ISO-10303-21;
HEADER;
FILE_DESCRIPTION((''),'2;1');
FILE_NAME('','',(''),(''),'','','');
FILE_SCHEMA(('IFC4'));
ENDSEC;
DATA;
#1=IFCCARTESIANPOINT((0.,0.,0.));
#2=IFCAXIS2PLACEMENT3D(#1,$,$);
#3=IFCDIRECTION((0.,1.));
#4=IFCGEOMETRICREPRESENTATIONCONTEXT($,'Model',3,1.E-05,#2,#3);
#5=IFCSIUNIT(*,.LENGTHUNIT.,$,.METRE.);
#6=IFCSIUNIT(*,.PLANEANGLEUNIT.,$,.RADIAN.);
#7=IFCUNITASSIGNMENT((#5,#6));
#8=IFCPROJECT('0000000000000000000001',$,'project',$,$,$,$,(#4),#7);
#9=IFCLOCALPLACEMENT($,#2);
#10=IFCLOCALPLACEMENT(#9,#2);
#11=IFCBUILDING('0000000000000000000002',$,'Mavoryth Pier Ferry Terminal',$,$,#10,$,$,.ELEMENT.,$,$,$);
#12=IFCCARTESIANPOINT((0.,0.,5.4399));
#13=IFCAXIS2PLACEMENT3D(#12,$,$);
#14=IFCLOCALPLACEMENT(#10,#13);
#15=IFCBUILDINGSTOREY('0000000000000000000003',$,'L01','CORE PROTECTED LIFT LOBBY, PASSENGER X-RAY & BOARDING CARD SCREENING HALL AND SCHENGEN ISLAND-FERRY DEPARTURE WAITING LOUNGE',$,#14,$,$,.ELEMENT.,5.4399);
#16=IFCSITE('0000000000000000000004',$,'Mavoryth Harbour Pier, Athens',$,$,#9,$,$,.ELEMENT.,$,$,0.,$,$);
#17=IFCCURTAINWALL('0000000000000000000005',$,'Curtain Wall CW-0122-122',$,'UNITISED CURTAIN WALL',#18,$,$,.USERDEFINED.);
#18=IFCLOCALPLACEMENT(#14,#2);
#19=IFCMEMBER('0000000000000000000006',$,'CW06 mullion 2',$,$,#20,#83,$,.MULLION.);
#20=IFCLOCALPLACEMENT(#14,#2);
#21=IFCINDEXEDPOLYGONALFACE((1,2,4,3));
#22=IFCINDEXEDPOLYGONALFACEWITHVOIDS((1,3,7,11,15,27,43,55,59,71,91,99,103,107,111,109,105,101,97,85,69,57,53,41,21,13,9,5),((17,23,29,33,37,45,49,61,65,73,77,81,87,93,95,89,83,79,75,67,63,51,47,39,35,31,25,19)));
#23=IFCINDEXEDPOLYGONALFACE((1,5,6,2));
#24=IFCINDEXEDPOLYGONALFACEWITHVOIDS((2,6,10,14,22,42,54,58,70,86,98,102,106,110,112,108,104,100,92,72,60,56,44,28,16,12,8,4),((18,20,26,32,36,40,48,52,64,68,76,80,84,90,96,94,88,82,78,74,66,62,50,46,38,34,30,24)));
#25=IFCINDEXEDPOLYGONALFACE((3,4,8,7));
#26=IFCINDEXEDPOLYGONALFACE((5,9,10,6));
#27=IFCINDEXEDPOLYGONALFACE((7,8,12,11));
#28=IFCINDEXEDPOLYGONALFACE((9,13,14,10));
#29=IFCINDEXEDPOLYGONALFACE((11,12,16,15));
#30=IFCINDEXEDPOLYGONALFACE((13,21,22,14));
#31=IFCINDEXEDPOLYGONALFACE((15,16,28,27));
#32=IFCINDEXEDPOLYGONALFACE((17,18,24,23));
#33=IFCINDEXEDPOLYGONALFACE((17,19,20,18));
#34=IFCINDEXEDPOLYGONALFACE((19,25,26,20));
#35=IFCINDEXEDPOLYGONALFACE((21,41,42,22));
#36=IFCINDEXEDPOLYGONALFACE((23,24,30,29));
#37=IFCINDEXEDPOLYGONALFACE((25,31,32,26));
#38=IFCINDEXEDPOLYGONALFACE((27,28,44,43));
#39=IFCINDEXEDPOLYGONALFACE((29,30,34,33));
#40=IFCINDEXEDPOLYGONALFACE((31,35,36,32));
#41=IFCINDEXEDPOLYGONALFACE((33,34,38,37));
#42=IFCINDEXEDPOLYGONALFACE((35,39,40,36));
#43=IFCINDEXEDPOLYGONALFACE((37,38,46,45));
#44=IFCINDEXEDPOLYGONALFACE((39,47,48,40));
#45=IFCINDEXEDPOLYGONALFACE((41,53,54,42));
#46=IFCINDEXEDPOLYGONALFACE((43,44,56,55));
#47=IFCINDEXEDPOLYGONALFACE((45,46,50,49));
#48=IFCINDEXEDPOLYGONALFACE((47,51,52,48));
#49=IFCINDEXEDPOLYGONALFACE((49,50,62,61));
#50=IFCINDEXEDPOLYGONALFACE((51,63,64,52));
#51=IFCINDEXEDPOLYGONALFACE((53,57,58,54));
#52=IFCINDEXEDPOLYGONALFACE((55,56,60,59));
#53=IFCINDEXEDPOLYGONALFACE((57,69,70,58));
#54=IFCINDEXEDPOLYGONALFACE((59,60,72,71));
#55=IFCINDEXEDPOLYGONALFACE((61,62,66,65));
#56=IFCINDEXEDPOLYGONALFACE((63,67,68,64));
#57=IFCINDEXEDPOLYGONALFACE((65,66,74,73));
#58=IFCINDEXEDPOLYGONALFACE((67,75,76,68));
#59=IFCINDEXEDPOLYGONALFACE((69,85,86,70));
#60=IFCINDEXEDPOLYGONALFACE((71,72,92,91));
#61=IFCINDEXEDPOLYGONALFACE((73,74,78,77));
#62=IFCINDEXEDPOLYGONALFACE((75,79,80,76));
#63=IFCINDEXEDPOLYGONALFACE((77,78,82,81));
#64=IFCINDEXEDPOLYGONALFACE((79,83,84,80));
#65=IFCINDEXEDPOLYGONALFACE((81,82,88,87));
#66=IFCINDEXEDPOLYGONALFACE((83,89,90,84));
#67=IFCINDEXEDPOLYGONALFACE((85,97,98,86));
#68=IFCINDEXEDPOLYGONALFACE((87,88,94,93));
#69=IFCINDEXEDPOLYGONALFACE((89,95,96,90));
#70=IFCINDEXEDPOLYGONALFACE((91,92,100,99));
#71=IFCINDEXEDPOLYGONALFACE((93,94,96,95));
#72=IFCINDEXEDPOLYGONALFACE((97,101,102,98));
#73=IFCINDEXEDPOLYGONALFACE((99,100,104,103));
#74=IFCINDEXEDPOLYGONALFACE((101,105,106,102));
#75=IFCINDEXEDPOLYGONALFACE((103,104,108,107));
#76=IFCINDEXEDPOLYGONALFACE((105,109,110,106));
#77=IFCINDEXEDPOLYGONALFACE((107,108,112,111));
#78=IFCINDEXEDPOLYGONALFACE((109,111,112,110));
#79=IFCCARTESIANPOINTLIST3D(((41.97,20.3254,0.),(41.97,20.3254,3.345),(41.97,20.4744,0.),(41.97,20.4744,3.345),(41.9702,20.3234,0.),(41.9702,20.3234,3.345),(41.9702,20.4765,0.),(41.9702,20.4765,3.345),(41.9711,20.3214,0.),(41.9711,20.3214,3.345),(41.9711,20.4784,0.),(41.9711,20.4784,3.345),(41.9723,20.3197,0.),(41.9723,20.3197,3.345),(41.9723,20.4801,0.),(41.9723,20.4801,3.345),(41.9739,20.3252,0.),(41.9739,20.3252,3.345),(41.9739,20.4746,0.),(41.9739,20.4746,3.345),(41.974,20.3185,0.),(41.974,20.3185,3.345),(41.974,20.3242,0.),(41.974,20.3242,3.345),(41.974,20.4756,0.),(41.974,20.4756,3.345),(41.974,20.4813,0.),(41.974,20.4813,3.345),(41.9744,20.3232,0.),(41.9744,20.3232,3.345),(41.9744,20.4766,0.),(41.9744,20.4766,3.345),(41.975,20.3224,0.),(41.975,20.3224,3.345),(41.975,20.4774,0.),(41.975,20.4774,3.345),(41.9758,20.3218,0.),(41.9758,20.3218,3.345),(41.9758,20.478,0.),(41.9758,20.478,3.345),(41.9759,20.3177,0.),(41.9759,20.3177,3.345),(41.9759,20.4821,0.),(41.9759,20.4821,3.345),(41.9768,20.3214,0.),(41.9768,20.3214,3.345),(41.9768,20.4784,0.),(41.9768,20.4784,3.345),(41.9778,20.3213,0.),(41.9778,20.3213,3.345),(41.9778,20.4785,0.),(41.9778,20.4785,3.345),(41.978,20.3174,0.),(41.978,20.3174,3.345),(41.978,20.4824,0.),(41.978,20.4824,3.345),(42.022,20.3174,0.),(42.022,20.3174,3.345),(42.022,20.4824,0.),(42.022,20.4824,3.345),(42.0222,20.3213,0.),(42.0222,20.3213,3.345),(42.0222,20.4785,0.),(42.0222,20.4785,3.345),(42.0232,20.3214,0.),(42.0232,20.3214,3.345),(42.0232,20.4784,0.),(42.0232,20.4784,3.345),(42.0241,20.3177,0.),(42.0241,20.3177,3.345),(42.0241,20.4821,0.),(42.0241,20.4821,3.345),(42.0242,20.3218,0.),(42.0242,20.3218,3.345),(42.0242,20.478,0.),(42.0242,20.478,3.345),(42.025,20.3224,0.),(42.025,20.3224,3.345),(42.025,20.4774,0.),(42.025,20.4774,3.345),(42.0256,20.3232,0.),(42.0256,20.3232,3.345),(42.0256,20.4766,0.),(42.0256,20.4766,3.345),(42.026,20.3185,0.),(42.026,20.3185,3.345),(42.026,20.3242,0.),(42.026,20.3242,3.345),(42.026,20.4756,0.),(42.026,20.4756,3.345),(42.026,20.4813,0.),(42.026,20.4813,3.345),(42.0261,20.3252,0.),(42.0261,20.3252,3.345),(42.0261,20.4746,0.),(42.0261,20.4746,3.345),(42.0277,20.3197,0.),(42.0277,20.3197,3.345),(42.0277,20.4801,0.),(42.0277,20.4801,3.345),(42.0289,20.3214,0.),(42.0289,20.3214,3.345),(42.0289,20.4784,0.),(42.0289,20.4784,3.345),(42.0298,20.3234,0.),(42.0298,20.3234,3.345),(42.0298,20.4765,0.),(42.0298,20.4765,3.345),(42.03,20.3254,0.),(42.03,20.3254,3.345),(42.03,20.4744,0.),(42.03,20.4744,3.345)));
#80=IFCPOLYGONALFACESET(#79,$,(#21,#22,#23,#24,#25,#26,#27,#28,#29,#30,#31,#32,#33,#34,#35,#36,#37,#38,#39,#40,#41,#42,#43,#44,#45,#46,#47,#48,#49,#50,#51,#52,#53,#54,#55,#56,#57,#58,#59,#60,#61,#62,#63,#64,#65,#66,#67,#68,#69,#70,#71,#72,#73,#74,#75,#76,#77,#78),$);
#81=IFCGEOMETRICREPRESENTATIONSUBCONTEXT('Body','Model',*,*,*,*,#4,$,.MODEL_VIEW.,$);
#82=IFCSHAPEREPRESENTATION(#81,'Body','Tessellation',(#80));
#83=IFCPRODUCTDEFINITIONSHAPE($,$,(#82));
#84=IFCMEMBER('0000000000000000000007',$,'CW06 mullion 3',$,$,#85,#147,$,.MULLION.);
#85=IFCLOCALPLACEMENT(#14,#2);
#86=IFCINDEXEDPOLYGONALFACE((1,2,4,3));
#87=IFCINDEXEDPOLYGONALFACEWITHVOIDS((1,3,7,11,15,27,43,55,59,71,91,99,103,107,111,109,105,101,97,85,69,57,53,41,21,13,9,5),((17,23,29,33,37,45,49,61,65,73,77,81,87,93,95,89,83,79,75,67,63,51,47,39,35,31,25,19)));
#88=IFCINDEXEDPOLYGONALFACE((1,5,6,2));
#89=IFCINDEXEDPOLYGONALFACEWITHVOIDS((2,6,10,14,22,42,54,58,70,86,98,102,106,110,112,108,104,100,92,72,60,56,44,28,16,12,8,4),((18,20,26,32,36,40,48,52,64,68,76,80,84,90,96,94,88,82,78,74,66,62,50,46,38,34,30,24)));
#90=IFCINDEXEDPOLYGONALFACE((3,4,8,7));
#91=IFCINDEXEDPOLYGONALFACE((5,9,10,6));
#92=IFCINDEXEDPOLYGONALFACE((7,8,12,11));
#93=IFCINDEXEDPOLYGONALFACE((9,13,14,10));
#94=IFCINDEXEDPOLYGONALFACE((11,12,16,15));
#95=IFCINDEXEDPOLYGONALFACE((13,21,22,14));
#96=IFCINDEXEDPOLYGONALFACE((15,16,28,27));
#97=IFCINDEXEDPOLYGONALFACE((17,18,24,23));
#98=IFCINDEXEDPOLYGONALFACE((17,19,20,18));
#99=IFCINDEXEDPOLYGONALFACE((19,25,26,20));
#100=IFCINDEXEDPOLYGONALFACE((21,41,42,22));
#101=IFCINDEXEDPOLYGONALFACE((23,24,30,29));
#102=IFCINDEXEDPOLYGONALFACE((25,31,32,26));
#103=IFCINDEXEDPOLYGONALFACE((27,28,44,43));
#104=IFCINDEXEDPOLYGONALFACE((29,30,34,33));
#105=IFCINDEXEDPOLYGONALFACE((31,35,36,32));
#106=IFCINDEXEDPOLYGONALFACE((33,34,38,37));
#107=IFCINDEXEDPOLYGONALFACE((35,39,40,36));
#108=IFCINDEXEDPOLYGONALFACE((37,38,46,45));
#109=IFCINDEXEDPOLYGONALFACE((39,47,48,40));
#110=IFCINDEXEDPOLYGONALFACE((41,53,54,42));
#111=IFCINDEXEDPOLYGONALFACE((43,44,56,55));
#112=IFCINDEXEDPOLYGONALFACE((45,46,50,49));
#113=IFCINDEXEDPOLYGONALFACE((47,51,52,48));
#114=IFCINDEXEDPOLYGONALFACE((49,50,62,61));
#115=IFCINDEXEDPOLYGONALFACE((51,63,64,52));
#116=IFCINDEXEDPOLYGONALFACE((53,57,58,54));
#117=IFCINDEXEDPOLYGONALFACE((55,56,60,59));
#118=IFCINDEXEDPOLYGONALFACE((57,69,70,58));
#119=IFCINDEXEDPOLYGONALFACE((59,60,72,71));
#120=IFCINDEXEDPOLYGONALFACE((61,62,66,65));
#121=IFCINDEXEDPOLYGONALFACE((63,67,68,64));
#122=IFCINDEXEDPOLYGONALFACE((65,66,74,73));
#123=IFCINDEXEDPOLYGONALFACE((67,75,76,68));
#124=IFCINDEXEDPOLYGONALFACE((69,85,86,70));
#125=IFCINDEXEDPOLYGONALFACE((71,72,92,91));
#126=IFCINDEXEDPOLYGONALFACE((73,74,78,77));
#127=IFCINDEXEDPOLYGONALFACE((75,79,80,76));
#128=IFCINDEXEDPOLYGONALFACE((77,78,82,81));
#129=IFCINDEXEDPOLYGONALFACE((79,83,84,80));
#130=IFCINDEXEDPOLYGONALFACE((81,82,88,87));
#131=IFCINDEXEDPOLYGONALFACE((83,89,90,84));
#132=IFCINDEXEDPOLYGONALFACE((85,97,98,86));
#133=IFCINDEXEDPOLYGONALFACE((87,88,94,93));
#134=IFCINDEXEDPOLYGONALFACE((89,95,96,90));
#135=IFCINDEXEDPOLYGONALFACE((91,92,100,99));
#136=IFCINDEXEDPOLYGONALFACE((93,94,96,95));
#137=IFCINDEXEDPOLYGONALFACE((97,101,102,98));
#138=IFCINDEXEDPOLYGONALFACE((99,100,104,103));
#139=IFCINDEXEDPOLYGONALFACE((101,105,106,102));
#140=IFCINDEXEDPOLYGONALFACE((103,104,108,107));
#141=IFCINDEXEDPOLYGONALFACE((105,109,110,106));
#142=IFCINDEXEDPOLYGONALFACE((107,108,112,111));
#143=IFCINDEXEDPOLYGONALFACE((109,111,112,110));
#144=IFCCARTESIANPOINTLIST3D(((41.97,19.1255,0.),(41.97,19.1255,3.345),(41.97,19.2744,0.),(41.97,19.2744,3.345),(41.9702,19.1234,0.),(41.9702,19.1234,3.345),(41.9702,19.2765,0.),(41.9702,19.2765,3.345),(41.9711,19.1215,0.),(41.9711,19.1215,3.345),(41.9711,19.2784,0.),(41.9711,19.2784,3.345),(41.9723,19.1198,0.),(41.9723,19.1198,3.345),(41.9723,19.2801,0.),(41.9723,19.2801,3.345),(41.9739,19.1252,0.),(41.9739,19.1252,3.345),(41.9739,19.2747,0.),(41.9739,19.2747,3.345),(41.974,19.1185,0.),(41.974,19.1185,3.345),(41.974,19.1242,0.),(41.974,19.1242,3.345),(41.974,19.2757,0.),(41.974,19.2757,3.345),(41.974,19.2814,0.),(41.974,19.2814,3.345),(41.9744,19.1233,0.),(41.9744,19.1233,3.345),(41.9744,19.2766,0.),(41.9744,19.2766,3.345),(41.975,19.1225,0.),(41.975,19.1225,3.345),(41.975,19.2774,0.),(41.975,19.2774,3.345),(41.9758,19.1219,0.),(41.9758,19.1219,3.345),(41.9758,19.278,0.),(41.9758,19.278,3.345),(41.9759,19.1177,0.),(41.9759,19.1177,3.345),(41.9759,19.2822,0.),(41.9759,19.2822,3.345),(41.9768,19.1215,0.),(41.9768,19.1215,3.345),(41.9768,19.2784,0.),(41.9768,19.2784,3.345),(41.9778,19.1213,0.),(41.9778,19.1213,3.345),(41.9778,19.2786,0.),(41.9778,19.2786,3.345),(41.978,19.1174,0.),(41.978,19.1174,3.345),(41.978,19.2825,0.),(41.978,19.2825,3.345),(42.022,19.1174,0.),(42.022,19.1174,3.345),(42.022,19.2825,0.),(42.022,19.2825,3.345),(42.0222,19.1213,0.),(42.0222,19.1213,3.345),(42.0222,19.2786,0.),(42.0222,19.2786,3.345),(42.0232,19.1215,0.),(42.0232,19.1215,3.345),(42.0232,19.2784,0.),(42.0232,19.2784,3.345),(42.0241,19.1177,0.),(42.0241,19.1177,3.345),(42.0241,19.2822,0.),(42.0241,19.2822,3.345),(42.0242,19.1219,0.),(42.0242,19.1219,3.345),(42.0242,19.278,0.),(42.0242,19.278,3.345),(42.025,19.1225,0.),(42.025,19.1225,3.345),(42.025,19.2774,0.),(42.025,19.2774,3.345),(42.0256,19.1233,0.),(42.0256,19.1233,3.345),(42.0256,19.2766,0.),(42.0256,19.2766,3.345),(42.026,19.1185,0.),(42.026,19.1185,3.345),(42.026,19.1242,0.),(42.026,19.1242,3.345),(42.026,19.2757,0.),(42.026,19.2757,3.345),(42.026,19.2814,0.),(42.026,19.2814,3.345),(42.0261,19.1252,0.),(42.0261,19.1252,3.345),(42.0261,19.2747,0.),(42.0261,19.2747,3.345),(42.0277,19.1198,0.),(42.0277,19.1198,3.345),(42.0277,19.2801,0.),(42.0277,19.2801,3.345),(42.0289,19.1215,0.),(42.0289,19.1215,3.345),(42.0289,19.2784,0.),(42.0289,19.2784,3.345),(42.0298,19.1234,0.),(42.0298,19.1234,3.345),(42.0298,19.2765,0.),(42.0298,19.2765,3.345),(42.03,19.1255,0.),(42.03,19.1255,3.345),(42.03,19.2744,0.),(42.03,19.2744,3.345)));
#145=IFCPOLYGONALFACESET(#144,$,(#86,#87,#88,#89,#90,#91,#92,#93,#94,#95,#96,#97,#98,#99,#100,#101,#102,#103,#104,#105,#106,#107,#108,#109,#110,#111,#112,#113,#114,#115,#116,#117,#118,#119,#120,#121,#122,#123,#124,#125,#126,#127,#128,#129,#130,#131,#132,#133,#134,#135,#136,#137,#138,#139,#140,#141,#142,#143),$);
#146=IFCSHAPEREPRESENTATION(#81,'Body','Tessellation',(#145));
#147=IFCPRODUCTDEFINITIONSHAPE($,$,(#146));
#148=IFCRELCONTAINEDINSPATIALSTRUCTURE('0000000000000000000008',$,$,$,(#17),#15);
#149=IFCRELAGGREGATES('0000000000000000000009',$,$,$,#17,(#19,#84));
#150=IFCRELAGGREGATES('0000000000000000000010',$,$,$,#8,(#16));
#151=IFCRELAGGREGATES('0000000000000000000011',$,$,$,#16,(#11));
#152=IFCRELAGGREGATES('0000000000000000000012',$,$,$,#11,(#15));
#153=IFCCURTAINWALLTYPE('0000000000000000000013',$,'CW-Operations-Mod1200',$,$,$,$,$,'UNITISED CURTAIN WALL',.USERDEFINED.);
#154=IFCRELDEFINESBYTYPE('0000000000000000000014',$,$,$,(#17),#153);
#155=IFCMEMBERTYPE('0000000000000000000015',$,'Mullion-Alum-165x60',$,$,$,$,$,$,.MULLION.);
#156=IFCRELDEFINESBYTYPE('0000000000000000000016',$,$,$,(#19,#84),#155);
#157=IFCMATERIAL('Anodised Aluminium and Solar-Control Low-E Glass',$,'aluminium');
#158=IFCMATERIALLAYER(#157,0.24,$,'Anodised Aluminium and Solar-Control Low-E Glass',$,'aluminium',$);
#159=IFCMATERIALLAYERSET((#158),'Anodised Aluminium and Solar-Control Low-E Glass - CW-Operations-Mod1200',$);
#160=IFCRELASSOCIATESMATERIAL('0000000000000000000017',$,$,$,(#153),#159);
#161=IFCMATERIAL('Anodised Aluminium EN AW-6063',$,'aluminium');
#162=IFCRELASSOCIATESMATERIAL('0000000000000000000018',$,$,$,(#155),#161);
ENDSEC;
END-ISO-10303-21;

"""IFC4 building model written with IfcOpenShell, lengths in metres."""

from ifc_helpers import new_model, si_unit, direction, frame, origin, origin_2d, place, context, subcontext, project, spatial, hollow_rectangle, extrude, material, layer, layer_set, material_profile, profile_set, type_object, element, aggregate, save


model = new_model("IFC4")

# Units and contexts
model_context = context("Model", 3, precision=1e-05, world=origin(), true_north=direction((0.0, 1.0)))
body_context = subcontext(model_context, "Body", "Model", "MODEL_VIEW")
ifc_project = project(units=[si_unit("LENGTHUNIT", "METRE"), si_unit("PLANEANGLEUNIT", "RADIAN")], contexts=[model_context])

# Site, building, storey
site_placement = place(None, origin())
site = spatial("IfcSite", under=ifc_project, at=site_placement, Name="Mavoryth Harbour Pier, Athens", CompositionType="ELEMENT", RefElevation=0.0)
building_placement = place(site_placement, origin())
building = spatial("IfcBuilding", under=site, at=building_placement, Name="Mavoryth Pier Ferry Terminal", CompositionType="ELEMENT")
storey_placement = place(building_placement, frame((0.0, 0.0, 5.4399)))
storey = spatial("IfcBuildingStorey", under=building, at=storey_placement, Name="L01", Description="CORE PROTECTED LIFT LOBBY, PASSENGER X-RAY & BOARDING CARD SCREENING HALL AND SCHENGEN ISLAND-FERRY DEPARTURE WAITING LOUNGE", CompositionType="ELEMENT", Elevation=5.4399)

# Curtain wall, members
ifc_material_1 = material(Name="Anodised Aluminium and Solar-Control Low-E Glass", Category="aluminium")
ifc_layer_1 = layer(ifc_material_1, 0.24, Name="Anodised Aluminium and Solar-Control Low-E Glass", Category="aluminium")
ifc_layer_set_1 = layer_set([ifc_layer_1], Name="Anodised Aluminium and Solar-Control Low-E Glass - CW-Operations-Mod1200")
curtain_wall_type = type_object("IfcCurtainWallType", Name="CW-Operations-Mod1200", ElementType="UNITISED CURTAIN WALL", PredefinedType="USERDEFINED", material=ifc_layer_set_1)
curtain_wall_placement = place(storey_placement, origin())
curtain_wall = element("IfcCurtainWall", 1, at=curtain_wall_placement, inside=storey, type_object=curtain_wall_type, Name="Curtain Wall CW-0122-122", ObjectType="UNITISED CURTAIN WALL", PredefinedType="USERDEFINED")
ifc_material_2 = material(Name="Anodised Aluminium EN AW-6063", Category="aluminium")
ifc_material_profile_1 = material_profile(ifc_material_2, hollow_rectangle(XDim=0.0601, YDim=0.165, WallThickness=0.0039, InnerFilletRadius=0.0039, OuterFilletRadius=0.0081, at=origin_2d()), Name="AL-MULL 165x60x4", Category="aluminium")
ifc_profile_set_1 = profile_set([ifc_material_profile_1], Name="Anodised Aluminium EN AW-6063 - AL-MULL 165x60x4")
member_type_1 = type_object("IfcMemberType", Name="Mullion-Alum-165x60", PredefinedType="MULLION", material=ifc_profile_set_1)
member_1_placement = place(storey_placement, frame((42.0, 20.3999, 0.0), z_axis=(0.0, 0.0, 1.0), x_axis=(1.0, 0.0, 0.0)))
member_1 = element("IfcMember", 2, at=member_1_placement, type_object=member_type_1, Name="CW06 mullion 2", PredefinedType="MULLION", context=body_context, shape_type="SweptSolid", body=[
    extrude(hollow_rectangle(XDim=0.0601, YDim=0.165, WallThickness=0.0039, InnerFilletRadius=0.0039, OuterFilletRadius=0.0081, at=origin_2d()), origin(), (0.0, 0.0, 1.0), 3.345),
])
member_2_placement = place(storey_placement, frame((42.0, 19.2, 0.0), z_axis=(0.0, 0.0, 1.0), x_axis=(1.0, 0.0, 0.0)))
member_2 = element("IfcMember", 3, at=member_2_placement, type_object=member_type_1, Name="CW06 mullion 3", PredefinedType="MULLION", context=body_context, shape_type="SweptSolid", body=[
    extrude(hollow_rectangle(XDim=0.0601, YDim=0.165, WallThickness=0.0039, InnerFilletRadius=0.0039, OuterFilletRadius=0.0081, at=origin_2d()), origin(), (0.0, 0.0, 1.0), 3.345),
])
aggregate(curtain_wall, [member_1, member_2])

save(model, "model.ifc")
